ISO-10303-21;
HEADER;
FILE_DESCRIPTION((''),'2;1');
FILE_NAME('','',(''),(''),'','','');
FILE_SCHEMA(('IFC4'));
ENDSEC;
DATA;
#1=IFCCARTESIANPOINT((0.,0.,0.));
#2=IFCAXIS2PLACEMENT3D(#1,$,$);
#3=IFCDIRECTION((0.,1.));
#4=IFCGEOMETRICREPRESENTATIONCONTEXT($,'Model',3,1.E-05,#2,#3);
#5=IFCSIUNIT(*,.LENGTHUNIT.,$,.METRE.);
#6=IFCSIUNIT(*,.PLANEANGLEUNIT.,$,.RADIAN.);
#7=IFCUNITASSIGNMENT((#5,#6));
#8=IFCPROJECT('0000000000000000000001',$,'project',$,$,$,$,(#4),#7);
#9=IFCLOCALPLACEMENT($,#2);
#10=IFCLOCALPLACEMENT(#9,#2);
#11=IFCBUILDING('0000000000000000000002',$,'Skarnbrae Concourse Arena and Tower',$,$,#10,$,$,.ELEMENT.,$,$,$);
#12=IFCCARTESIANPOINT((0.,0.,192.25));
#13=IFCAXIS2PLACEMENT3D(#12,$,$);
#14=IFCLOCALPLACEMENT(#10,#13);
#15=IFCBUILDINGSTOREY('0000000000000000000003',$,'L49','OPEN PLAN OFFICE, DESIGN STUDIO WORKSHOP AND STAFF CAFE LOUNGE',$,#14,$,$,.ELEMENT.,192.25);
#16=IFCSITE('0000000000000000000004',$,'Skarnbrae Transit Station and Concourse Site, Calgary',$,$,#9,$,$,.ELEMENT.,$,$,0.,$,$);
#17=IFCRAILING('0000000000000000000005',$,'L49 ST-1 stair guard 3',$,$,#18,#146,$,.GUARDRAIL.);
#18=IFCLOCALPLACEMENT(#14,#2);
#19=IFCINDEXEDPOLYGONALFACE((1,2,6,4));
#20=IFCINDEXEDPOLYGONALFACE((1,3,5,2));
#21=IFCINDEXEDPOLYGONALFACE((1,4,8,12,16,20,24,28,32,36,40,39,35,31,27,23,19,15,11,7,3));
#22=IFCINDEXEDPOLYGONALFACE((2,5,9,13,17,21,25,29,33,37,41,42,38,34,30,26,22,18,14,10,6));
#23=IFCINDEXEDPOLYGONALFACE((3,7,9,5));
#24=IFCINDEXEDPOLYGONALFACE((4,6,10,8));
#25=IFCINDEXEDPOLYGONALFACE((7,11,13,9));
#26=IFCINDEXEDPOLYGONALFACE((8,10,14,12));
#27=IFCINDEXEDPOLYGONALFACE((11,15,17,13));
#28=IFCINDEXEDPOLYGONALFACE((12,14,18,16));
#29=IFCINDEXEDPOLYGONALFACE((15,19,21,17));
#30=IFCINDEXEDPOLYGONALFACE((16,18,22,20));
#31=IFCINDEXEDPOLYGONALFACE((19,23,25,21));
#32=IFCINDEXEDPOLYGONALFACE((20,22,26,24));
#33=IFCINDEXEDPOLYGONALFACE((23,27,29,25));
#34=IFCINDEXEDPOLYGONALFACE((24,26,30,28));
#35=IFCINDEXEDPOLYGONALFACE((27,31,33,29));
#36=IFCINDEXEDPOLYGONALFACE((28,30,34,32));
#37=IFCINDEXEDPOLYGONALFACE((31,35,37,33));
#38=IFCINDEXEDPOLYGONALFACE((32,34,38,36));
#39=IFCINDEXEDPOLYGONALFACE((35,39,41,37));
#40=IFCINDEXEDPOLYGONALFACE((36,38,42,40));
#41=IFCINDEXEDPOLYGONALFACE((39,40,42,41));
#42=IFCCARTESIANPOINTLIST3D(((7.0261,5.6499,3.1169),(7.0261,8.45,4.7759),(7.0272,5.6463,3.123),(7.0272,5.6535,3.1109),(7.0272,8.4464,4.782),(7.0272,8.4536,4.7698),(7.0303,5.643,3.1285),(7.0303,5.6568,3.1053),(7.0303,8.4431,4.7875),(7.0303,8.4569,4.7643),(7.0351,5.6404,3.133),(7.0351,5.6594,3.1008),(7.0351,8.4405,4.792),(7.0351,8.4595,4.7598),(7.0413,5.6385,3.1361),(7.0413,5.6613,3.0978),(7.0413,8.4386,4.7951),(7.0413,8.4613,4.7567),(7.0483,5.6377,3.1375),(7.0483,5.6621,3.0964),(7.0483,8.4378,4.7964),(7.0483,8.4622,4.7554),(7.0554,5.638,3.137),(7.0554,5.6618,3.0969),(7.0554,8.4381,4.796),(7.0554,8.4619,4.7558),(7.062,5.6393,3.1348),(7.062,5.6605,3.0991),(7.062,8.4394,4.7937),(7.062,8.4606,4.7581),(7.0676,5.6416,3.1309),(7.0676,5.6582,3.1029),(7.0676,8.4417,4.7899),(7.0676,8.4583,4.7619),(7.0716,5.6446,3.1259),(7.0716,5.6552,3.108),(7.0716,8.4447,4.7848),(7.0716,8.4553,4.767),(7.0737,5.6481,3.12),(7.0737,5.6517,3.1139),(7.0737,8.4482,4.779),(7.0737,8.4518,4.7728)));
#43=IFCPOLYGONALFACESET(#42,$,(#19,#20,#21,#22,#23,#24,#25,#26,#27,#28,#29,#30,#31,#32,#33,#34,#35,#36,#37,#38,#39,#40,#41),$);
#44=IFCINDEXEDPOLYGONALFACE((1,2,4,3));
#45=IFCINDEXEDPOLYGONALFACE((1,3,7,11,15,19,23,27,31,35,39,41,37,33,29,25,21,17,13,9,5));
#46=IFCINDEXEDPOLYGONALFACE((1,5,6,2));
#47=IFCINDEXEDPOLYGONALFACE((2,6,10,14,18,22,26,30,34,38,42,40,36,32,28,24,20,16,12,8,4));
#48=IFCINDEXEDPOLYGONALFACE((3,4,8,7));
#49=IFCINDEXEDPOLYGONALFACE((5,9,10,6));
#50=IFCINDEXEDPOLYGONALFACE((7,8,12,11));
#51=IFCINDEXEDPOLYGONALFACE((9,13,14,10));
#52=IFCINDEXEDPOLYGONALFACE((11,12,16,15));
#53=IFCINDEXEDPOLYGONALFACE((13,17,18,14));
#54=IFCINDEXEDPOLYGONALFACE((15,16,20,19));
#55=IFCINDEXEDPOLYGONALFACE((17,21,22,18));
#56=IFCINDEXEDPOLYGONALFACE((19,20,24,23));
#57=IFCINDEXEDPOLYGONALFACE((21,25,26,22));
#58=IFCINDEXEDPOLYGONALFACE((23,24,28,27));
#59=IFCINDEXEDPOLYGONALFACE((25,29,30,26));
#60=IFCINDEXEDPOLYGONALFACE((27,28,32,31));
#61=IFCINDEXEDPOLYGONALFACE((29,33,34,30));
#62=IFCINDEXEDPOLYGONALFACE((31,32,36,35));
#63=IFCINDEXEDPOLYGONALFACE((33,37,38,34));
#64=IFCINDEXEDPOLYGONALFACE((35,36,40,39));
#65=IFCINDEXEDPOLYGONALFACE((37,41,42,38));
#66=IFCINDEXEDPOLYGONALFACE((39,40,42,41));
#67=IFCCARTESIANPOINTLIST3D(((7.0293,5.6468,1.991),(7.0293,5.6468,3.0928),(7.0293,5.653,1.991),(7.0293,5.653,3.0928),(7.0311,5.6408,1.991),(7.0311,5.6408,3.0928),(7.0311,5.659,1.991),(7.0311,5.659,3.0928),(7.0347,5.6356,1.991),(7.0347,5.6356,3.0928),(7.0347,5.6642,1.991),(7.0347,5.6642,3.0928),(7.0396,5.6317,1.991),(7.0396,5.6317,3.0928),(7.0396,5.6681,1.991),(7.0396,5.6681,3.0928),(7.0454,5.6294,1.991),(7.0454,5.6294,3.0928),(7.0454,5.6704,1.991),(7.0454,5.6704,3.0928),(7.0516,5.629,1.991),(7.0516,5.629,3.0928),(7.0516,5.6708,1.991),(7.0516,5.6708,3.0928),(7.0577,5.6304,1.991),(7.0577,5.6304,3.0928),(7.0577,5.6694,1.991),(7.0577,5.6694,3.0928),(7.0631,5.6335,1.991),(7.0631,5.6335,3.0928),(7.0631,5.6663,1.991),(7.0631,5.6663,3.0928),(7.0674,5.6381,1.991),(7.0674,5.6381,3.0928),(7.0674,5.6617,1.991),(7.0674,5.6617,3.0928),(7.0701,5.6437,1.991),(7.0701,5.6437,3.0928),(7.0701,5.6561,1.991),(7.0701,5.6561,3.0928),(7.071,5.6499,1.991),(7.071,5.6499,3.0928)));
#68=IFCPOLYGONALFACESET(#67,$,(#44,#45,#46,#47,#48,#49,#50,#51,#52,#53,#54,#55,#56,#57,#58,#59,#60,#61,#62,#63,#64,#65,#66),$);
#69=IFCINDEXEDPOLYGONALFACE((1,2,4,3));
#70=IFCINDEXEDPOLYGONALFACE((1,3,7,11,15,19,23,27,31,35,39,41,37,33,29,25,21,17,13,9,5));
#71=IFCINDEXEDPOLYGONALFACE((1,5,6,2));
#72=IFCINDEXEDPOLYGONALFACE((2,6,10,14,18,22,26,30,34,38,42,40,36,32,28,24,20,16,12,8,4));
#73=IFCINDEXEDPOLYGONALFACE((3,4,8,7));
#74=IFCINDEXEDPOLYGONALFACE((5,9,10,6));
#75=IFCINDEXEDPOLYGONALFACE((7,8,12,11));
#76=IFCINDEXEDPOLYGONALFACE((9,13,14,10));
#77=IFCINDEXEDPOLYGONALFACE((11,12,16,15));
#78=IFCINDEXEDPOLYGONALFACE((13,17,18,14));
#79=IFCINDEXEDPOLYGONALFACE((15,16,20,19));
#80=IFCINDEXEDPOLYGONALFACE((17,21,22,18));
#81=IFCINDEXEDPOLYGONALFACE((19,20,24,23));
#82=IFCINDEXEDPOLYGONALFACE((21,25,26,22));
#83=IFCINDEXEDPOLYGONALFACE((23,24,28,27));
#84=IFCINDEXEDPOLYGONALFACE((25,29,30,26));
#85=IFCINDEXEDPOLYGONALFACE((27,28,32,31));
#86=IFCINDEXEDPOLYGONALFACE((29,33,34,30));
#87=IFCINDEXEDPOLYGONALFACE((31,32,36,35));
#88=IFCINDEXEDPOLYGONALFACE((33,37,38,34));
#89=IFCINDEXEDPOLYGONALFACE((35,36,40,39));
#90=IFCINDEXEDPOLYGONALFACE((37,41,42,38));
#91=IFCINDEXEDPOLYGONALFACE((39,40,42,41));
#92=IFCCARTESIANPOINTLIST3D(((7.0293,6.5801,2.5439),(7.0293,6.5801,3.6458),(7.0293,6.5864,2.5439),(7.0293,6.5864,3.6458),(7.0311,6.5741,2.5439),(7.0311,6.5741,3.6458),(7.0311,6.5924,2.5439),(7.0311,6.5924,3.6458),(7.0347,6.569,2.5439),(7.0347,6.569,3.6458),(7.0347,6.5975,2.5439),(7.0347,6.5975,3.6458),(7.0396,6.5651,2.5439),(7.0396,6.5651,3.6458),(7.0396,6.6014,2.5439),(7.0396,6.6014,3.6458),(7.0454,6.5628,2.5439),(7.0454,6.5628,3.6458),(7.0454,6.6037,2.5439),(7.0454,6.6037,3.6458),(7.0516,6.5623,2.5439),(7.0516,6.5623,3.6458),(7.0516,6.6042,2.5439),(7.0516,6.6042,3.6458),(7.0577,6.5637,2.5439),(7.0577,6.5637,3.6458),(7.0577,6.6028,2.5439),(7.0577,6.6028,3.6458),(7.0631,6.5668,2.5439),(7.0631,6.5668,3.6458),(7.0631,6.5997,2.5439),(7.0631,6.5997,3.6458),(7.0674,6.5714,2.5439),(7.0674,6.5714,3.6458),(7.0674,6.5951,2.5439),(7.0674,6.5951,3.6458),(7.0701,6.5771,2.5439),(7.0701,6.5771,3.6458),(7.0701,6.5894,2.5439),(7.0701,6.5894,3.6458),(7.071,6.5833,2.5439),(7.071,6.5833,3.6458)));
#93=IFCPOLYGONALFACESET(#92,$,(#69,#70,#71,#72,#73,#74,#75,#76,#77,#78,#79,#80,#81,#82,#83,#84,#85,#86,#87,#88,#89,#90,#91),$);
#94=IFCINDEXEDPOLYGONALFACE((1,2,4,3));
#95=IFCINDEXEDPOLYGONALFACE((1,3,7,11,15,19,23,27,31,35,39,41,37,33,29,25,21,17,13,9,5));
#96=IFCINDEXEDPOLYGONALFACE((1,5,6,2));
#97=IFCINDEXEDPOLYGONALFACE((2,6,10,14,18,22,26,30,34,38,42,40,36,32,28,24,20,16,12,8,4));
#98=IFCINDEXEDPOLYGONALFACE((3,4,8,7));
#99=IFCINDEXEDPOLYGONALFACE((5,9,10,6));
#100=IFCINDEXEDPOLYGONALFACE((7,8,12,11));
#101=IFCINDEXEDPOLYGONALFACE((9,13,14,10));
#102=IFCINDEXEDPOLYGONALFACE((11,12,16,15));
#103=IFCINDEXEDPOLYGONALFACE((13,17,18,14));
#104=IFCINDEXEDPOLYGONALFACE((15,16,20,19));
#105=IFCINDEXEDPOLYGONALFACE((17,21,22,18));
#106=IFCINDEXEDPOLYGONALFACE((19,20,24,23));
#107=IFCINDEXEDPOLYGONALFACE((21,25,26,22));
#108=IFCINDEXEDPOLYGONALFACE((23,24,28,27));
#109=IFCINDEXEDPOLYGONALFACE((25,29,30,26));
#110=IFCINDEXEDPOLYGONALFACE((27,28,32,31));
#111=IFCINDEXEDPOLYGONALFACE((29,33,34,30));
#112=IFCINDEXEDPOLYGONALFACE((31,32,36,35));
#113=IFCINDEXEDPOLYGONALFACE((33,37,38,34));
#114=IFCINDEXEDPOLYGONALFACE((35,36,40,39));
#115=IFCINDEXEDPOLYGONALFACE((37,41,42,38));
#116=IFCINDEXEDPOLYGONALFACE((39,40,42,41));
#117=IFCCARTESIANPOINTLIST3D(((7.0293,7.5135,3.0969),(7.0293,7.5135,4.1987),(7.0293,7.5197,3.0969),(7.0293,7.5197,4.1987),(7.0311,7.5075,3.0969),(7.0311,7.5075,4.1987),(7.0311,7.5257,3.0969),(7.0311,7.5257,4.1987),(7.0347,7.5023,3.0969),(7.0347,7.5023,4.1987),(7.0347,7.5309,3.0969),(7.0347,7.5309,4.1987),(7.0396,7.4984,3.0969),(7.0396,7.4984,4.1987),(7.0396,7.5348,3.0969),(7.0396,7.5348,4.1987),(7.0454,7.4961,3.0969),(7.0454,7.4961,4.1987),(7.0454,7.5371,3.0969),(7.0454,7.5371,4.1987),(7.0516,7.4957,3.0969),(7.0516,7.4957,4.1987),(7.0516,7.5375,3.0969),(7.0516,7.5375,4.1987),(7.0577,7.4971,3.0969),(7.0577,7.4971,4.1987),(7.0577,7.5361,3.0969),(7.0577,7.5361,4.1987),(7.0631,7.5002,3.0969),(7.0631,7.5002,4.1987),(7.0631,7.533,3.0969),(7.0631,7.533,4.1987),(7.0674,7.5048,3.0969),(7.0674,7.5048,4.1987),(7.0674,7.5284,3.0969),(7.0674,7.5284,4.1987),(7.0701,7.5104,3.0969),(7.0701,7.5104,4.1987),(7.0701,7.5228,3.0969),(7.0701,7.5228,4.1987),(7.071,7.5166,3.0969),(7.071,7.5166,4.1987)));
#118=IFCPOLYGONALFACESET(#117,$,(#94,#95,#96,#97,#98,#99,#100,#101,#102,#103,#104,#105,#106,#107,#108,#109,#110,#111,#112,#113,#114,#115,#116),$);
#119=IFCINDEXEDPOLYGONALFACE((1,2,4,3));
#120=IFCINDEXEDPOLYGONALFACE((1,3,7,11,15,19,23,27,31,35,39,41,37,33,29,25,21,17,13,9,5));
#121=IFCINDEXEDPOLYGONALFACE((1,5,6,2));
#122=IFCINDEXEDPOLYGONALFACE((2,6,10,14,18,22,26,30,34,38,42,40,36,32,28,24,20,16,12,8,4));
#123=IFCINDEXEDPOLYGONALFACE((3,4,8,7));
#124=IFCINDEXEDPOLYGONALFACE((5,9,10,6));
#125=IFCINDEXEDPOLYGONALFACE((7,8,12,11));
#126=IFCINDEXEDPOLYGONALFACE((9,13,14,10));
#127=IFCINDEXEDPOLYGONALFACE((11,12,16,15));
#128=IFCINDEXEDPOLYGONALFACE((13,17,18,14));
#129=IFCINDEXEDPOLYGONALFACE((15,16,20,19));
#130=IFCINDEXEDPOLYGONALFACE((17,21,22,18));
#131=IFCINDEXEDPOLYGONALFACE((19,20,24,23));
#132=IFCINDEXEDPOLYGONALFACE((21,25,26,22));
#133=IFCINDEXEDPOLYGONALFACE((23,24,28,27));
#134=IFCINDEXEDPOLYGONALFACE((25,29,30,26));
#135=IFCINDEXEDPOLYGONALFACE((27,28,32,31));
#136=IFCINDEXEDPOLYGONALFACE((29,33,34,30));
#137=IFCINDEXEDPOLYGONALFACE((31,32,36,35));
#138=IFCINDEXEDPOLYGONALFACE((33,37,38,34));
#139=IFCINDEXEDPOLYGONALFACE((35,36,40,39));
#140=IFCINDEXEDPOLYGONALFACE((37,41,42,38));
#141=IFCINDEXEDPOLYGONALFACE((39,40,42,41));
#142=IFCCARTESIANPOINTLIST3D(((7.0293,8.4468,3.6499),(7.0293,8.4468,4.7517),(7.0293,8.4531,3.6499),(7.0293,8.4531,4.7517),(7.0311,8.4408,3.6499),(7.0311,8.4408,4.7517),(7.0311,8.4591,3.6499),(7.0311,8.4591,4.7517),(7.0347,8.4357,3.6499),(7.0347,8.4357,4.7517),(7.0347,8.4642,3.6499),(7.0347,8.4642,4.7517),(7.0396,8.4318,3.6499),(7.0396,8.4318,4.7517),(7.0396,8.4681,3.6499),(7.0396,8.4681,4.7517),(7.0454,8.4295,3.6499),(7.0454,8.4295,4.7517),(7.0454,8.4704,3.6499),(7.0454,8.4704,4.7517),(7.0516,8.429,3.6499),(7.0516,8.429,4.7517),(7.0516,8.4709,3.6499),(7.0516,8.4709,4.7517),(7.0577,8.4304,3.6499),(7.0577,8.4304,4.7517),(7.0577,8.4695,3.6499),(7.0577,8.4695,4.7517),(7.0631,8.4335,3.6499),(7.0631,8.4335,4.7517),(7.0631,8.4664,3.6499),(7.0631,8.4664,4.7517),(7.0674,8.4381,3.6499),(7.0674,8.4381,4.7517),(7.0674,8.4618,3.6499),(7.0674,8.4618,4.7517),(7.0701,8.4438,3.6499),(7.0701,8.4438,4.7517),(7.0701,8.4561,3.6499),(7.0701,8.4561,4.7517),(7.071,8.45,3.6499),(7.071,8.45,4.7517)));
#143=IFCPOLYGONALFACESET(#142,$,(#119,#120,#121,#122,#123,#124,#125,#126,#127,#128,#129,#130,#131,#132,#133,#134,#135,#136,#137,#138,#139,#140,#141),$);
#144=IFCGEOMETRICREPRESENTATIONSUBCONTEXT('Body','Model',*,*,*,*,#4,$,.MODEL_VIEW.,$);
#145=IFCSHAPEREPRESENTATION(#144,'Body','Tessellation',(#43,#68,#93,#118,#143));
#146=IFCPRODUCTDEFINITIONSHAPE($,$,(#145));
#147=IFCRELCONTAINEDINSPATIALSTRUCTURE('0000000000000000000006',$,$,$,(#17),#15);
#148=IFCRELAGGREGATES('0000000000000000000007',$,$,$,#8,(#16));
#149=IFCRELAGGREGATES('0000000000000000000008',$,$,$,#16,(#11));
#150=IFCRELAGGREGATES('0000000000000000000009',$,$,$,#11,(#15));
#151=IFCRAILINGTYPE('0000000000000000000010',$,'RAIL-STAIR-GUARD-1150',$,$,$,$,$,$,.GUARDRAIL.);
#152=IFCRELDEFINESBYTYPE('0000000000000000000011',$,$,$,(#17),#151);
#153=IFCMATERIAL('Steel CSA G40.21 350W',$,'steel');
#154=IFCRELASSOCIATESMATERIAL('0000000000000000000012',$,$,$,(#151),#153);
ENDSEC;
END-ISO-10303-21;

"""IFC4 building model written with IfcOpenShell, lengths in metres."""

from ifc_helpers import new_model, si_unit, direction, frame, origin, origin_2d, place, context, subcontext, project, spatial, circle, extrude, material, type_object, element, save


model = new_model("IFC4")

# Units and contexts
model_context = context("Model", 3, precision=1e-05, world=origin(), true_north=direction((0.0, 1.0)))
body_context = subcontext(model_context, "Body", "Model", "MODEL_VIEW")
ifc_project = project(units=[si_unit("LENGTHUNIT", "METRE"), si_unit("PLANEANGLEUNIT", "RADIAN")], contexts=[model_context])

# Site, building, storey
site_placement = place(None, origin())
site = spatial("IfcSite", under=ifc_project, at=site_placement, Name="Skarnbrae Transit Station and Concourse Site, Calgary", CompositionType="ELEMENT", RefElevation=0.0)
building_placement = place(site_placement, origin())
building = spatial("IfcBuilding", under=site, at=building_placement, Name="Skarnbrae Concourse Arena and Tower", CompositionType="ELEMENT")
storey_placement = place(building_placement, frame((0.0, 0.0, 192.25)))
storey = spatial("IfcBuildingStorey", under=building, at=storey_placement, Name="L49", Description="OPEN PLAN OFFICE, DESIGN STUDIO WORKSHOP AND STAFF CAFE LOUNGE", CompositionType="ELEMENT", Elevation=192.25)

# Shared definitions
ifc_material_1 = material(Name="Steel CSA G40.21 350W", Category="steel")

# Railing
railing_type_1 = type_object("IfcRailingType", Name="RAIL-STAIR-GUARD-1150", PredefinedType="GUARDRAIL", material=ifc_material_1)
railing_1_placement = place(storey_placement, frame((7.05, 5.6499, 1.991)))
element("IfcRailing", 1, at=railing_1_placement, inside=storey, type_object=railing_type_1, Name="L49 ST-1 stair guard 3", PredefinedType="GUARDRAIL", context=body_context, shape_type="SweptSolid", body=[
    extrude(circle(Radius=0.0239, at=origin_2d()), frame((0.0, 0.0, 1.126), z_axis=(0.0, 0.860339, 0.509722), x_axis=(-1.0, 0.0, 0.0)), (0.0, 0.0, 1.0), 3.2546),
    extrude(circle(Radius=0.021, at=origin_2d()), origin(), (0.0, 0.0, 1.0), 1.1018),
    extrude(circle(Radius=0.021, at=origin_2d()), frame((0.0, 0.9333, 0.553)), (0.0, 0.0, 1.0), 1.1018),
    extrude(circle(Radius=0.021, at=origin_2d()), frame((0.0, 1.8667, 1.106)), (0.0, 0.0, 1.0), 1.1018),
    extrude(circle(Radius=0.021, at=origin_2d()), frame((0.0, 2.8, 1.6589)), (0.0, 0.0, 1.0), 1.1018),
])

save(model, "model.ifc")
